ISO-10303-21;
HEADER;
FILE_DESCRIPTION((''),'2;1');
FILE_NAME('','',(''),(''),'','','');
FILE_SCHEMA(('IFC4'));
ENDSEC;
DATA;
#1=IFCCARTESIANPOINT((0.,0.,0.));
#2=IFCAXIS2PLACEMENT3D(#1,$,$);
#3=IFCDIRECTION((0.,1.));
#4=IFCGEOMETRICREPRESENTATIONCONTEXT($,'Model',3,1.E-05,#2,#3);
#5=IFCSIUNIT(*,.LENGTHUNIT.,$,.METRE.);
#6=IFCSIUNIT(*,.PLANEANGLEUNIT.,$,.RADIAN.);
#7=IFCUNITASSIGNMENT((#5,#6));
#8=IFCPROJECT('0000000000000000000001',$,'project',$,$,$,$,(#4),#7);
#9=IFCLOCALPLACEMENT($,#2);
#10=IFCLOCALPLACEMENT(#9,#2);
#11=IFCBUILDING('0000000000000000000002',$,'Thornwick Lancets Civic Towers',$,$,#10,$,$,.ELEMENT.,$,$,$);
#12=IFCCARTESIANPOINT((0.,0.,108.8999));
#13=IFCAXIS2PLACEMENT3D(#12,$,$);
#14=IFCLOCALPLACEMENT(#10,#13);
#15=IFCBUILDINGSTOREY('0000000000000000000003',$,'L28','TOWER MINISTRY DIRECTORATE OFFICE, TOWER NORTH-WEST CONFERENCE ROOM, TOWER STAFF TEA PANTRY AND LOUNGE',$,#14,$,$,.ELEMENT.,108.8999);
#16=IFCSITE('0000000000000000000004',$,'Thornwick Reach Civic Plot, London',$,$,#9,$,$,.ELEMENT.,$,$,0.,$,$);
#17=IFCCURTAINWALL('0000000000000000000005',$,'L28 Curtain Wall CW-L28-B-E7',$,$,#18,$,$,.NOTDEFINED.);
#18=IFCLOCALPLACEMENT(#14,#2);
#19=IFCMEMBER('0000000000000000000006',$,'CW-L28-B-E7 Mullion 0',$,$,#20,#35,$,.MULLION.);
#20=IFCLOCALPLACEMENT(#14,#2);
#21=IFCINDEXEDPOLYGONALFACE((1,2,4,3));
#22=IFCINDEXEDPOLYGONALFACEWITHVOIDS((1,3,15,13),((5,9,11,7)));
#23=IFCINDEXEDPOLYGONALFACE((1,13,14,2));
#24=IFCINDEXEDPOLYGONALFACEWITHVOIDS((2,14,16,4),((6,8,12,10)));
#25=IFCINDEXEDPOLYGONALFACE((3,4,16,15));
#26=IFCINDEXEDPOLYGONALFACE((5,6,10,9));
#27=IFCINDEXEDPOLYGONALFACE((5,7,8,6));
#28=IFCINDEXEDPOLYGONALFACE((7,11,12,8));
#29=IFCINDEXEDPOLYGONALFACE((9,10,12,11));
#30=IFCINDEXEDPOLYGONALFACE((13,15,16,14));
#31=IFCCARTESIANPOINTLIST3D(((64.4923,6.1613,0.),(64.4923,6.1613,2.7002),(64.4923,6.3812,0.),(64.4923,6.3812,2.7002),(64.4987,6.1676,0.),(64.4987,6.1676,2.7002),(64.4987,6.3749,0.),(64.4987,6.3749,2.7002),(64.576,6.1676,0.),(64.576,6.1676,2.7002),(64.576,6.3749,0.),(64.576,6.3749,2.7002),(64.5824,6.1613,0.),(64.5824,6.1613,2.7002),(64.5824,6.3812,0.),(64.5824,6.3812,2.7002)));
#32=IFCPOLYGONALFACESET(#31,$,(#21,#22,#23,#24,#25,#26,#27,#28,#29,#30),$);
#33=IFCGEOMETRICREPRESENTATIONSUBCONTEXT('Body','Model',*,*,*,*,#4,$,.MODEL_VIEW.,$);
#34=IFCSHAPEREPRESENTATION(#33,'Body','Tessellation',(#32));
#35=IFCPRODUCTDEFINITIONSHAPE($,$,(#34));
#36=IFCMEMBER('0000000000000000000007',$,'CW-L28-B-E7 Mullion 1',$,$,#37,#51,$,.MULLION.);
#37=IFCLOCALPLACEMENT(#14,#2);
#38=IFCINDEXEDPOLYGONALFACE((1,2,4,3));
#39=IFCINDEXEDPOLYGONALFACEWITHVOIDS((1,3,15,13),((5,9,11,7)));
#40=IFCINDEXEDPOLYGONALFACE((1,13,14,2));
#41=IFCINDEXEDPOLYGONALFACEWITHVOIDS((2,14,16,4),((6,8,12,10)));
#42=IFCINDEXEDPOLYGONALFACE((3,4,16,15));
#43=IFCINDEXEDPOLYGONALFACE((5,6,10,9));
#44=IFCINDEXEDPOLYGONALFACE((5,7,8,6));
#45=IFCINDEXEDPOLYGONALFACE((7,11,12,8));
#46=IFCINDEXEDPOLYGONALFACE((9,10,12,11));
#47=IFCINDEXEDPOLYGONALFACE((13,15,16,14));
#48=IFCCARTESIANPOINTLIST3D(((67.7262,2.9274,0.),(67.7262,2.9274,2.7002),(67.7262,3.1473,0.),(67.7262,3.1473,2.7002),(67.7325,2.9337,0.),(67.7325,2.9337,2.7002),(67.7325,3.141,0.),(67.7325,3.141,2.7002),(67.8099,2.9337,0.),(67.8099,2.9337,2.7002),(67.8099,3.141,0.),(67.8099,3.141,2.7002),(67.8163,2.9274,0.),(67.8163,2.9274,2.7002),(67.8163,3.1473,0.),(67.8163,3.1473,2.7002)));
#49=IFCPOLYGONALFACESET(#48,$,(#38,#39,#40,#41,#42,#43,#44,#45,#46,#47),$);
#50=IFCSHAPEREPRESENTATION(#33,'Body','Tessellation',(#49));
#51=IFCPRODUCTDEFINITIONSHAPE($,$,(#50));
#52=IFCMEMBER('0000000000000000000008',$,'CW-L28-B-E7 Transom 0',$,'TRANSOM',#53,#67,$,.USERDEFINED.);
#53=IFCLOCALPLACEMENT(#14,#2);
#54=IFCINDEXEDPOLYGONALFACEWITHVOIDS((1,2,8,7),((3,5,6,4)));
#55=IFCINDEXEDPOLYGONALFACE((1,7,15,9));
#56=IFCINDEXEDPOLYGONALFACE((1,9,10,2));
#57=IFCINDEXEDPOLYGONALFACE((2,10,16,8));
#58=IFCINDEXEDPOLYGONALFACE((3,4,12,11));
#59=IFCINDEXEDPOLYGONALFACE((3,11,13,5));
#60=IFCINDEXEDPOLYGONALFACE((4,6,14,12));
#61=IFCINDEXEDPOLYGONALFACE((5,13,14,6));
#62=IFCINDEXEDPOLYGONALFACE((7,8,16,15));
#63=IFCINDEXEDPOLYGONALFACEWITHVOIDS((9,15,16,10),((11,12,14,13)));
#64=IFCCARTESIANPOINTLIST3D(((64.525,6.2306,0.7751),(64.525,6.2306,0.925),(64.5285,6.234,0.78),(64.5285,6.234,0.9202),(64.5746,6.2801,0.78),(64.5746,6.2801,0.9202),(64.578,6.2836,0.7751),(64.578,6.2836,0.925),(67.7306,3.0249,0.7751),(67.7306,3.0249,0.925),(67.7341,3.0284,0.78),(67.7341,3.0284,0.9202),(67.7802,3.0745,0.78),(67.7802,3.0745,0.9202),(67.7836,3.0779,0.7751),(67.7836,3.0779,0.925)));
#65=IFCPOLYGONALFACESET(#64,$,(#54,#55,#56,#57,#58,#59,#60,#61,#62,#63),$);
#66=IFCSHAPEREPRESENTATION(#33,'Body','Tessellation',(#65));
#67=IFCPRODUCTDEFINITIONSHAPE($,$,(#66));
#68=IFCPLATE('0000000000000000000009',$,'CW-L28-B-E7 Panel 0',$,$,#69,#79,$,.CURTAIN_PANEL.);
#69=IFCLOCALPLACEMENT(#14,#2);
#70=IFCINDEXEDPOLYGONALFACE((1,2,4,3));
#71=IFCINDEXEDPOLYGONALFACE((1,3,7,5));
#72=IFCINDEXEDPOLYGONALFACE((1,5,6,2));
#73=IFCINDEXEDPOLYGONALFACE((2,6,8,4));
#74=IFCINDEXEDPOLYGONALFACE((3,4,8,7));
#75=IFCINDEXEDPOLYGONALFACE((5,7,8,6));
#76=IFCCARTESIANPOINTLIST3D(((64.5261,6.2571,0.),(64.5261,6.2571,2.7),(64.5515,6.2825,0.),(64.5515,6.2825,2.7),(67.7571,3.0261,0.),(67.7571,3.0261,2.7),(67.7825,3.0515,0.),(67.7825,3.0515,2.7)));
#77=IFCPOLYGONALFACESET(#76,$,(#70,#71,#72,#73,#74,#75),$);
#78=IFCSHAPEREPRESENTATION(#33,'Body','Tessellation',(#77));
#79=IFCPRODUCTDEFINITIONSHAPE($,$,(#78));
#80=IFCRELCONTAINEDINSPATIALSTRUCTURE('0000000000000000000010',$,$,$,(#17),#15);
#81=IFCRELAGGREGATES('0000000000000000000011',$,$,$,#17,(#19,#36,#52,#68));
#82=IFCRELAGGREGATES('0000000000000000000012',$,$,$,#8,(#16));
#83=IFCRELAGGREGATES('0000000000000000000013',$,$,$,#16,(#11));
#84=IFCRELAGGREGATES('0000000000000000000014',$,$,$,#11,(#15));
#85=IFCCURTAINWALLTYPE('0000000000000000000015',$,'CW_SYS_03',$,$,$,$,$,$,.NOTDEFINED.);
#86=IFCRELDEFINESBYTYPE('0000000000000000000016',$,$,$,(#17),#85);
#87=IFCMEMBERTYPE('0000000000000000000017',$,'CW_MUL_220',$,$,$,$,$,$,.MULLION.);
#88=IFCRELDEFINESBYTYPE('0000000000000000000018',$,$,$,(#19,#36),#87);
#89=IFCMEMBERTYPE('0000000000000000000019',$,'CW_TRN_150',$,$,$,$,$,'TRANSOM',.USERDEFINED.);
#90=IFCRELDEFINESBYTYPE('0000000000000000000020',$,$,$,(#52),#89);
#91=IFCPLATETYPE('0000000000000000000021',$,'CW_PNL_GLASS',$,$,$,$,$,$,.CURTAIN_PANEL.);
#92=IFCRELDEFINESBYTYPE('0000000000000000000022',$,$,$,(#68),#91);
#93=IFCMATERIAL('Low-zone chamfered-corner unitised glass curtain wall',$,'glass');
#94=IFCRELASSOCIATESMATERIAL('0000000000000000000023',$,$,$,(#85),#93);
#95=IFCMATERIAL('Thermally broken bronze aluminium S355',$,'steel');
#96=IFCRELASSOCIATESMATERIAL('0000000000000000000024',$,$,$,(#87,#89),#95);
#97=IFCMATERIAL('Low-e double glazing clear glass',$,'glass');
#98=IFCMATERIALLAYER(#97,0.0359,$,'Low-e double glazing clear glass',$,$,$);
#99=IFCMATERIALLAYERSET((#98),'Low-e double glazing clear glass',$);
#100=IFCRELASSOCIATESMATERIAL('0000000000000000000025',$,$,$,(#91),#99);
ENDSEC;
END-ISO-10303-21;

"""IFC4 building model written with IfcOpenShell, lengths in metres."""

from ifc_helpers import new_model, si_unit, direction, frame, origin, origin_2d, place, context, subcontext, project, spatial, rectangle, hollow_rectangle, extrude, material, layer, layer_set, material_profile, profile_set, type_object, element, aggregate, save


model = new_model("IFC4")

# Units and contexts
model_context = context("Model", 3, precision=1e-05, world=origin(), true_north=direction((0.0, 1.0)))
body_context = subcontext(model_context, "Body", "Model", "MODEL_VIEW")
ifc_project = project(units=[si_unit("LENGTHUNIT", "METRE"), si_unit("PLANEANGLEUNIT", "RADIAN")], contexts=[model_context])

# Site, building, storey
site_placement = place(None, origin())
site = spatial("IfcSite", under=ifc_project, at=site_placement, Name="Thornwick Reach Civic Plot, London", CompositionType="ELEMENT", RefElevation=0.0)
building_placement = place(site_placement, origin())
building = spatial("IfcBuilding", under=site, at=building_placement, Name="Thornwick Lancets Civic Towers", CompositionType="ELEMENT")
storey_placement = place(building_placement, frame((0.0, 0.0, 108.8999)))
storey = spatial("IfcBuildingStorey", under=building, at=storey_placement, Name="L28", Description="TOWER MINISTRY DIRECTORATE OFFICE, TOWER NORTH-WEST CONFERENCE ROOM, TOWER STAFF TEA PANTRY AND LOUNGE", CompositionType="ELEMENT", Elevation=108.8999)

# Shared definitions
ifc_material_1 = material(Name="Low-zone chamfered-corner unitised glass curtain wall", Category="glass")
curtain_wall_type = type_object("IfcCurtainWallType", Name="CW_SYS_03", PredefinedType="NOTDEFINED", material=ifc_material_1)
ifc_material_2 = material(Name="Thermally broken bronze aluminium S355", Category="steel")
ifc_material_profile_1 = material_profile(ifc_material_2, hollow_rectangle(XDim=0.0901, YDim=0.22, WallThickness=0.0063, at=origin_2d()), Name="RHS 220x90x6.3")
ifc_profile_set_1 = profile_set([ifc_material_profile_1], Name="Thermally broken bronze aluminium S355")
member_type_1 = type_object("IfcMemberType", Name="CW_MUL_220", PredefinedType="MULLION", material=ifc_profile_set_1)

# Curtain wall, members, plate
curtain_wall_1_placement = place(storey_placement, origin())
curtain_wall_1 = element("IfcCurtainWall", 1, at=curtain_wall_1_placement, inside=storey, type_object=curtain_wall_type, Name="L28 Curtain Wall CW-L28-B-E7", PredefinedType="NOTDEFINED")
member_1_placement = place(storey_placement, frame((64.5374, 6.2712, 0.0), z_axis=(0.0, 0.0, 1.0), x_axis=(1.0, 0.0, 0.0)))
member_1 = element("IfcMember", 2, at=member_1_placement, type_object=member_type_1, Name="CW-L28-B-E7 Mullion 0", PredefinedType="MULLION", context=body_context, shape_type="SweptSolid", body=[
    extrude(hollow_rectangle(XDim=0.0901, YDim=0.22, WallThickness=0.0063, at=origin_2d()), origin(), (0.0, 0.0, 1.0), 2.7002),
])
member_2_placement = place(storey_placement, frame((67.7712, 3.0374, 0.0), z_axis=(0.0, 0.0, 1.0), x_axis=(1.0, 0.0, 0.0)))
member_2 = element("IfcMember", 3, at=member_2_placement, type_object=member_type_1, Name="CW-L28-B-E7 Mullion 1", PredefinedType="MULLION", context=body_context, shape_type="SweptSolid", body=[
    extrude(hollow_rectangle(XDim=0.0901, YDim=0.22, WallThickness=0.0063, at=origin_2d()), origin(), (0.0, 0.0, 1.0), 2.7002),
])
ifc_material_profile_2 = material_profile(ifc_material_2, hollow_rectangle(XDim=0.075, YDim=0.1499, WallThickness=0.0049, at=origin_2d()), Name="RHS 150x75x5")
ifc_profile_set_2 = profile_set([ifc_material_profile_2], Name="Thermally broken bronze aluminium S355")
member_type_2 = type_object("IfcMemberType", Name="CW_TRN_150", ElementType="TRANSOM", PredefinedType="USERDEFINED", material=ifc_profile_set_2)
member_3_placement = place(storey_placement, frame((64.5515, 6.2571, 0.8501), z_axis=(0.707107, -0.707107, 0.0), x_axis=(0.707107, 0.707107, 0.0)))
member_3 = element("IfcMember", 4, at=member_3_placement, type_object=member_type_2, Name="CW-L28-B-E7 Transom 0", ObjectType="TRANSOM", PredefinedType="USERDEFINED", context=body_context, shape_type="SweptSolid", body=[
    extrude(hollow_rectangle(XDim=0.075, YDim=0.1499, WallThickness=0.0049, at=origin_2d()), origin(), (0.0, 0.0, 1.0), 4.5334),
])
ifc_material_3 = material(Name="Low-e double glazing clear glass", Category="glass")
ifc_layer_1 = layer(ifc_material_3, 0.0359, Name="Low-e double glazing clear glass")
ifc_layer_set_1 = layer_set([ifc_layer_1], Name="Low-e double glazing clear glass")
plate_type = type_object("IfcPlateType", Name="CW_PNL_GLASS", PredefinedType="CURTAIN_PANEL", material=ifc_layer_set_1)
plate_placement = place(storey_placement, frame((66.1543, 4.6543, 0.0), z_axis=(0.0, 0.0, 1.0), x_axis=(0.707107, -0.707107, 0.0)))
plate = element("IfcPlate", 5, at=plate_placement, type_object=plate_type, Name="CW-L28-B-E7 Panel 0", PredefinedType="CURTAIN_PANEL", context=body_context, shape_type="SweptSolid", body=[
    extrude(rectangle(XDim=4.5693, YDim=0.0359, at=origin_2d()), origin(), (0.0, 0.0, 1.0), 2.7),
])
aggregate(curtain_wall_1, [member_1, member_2, member_3, plate])

save(model, "model.ifc")
